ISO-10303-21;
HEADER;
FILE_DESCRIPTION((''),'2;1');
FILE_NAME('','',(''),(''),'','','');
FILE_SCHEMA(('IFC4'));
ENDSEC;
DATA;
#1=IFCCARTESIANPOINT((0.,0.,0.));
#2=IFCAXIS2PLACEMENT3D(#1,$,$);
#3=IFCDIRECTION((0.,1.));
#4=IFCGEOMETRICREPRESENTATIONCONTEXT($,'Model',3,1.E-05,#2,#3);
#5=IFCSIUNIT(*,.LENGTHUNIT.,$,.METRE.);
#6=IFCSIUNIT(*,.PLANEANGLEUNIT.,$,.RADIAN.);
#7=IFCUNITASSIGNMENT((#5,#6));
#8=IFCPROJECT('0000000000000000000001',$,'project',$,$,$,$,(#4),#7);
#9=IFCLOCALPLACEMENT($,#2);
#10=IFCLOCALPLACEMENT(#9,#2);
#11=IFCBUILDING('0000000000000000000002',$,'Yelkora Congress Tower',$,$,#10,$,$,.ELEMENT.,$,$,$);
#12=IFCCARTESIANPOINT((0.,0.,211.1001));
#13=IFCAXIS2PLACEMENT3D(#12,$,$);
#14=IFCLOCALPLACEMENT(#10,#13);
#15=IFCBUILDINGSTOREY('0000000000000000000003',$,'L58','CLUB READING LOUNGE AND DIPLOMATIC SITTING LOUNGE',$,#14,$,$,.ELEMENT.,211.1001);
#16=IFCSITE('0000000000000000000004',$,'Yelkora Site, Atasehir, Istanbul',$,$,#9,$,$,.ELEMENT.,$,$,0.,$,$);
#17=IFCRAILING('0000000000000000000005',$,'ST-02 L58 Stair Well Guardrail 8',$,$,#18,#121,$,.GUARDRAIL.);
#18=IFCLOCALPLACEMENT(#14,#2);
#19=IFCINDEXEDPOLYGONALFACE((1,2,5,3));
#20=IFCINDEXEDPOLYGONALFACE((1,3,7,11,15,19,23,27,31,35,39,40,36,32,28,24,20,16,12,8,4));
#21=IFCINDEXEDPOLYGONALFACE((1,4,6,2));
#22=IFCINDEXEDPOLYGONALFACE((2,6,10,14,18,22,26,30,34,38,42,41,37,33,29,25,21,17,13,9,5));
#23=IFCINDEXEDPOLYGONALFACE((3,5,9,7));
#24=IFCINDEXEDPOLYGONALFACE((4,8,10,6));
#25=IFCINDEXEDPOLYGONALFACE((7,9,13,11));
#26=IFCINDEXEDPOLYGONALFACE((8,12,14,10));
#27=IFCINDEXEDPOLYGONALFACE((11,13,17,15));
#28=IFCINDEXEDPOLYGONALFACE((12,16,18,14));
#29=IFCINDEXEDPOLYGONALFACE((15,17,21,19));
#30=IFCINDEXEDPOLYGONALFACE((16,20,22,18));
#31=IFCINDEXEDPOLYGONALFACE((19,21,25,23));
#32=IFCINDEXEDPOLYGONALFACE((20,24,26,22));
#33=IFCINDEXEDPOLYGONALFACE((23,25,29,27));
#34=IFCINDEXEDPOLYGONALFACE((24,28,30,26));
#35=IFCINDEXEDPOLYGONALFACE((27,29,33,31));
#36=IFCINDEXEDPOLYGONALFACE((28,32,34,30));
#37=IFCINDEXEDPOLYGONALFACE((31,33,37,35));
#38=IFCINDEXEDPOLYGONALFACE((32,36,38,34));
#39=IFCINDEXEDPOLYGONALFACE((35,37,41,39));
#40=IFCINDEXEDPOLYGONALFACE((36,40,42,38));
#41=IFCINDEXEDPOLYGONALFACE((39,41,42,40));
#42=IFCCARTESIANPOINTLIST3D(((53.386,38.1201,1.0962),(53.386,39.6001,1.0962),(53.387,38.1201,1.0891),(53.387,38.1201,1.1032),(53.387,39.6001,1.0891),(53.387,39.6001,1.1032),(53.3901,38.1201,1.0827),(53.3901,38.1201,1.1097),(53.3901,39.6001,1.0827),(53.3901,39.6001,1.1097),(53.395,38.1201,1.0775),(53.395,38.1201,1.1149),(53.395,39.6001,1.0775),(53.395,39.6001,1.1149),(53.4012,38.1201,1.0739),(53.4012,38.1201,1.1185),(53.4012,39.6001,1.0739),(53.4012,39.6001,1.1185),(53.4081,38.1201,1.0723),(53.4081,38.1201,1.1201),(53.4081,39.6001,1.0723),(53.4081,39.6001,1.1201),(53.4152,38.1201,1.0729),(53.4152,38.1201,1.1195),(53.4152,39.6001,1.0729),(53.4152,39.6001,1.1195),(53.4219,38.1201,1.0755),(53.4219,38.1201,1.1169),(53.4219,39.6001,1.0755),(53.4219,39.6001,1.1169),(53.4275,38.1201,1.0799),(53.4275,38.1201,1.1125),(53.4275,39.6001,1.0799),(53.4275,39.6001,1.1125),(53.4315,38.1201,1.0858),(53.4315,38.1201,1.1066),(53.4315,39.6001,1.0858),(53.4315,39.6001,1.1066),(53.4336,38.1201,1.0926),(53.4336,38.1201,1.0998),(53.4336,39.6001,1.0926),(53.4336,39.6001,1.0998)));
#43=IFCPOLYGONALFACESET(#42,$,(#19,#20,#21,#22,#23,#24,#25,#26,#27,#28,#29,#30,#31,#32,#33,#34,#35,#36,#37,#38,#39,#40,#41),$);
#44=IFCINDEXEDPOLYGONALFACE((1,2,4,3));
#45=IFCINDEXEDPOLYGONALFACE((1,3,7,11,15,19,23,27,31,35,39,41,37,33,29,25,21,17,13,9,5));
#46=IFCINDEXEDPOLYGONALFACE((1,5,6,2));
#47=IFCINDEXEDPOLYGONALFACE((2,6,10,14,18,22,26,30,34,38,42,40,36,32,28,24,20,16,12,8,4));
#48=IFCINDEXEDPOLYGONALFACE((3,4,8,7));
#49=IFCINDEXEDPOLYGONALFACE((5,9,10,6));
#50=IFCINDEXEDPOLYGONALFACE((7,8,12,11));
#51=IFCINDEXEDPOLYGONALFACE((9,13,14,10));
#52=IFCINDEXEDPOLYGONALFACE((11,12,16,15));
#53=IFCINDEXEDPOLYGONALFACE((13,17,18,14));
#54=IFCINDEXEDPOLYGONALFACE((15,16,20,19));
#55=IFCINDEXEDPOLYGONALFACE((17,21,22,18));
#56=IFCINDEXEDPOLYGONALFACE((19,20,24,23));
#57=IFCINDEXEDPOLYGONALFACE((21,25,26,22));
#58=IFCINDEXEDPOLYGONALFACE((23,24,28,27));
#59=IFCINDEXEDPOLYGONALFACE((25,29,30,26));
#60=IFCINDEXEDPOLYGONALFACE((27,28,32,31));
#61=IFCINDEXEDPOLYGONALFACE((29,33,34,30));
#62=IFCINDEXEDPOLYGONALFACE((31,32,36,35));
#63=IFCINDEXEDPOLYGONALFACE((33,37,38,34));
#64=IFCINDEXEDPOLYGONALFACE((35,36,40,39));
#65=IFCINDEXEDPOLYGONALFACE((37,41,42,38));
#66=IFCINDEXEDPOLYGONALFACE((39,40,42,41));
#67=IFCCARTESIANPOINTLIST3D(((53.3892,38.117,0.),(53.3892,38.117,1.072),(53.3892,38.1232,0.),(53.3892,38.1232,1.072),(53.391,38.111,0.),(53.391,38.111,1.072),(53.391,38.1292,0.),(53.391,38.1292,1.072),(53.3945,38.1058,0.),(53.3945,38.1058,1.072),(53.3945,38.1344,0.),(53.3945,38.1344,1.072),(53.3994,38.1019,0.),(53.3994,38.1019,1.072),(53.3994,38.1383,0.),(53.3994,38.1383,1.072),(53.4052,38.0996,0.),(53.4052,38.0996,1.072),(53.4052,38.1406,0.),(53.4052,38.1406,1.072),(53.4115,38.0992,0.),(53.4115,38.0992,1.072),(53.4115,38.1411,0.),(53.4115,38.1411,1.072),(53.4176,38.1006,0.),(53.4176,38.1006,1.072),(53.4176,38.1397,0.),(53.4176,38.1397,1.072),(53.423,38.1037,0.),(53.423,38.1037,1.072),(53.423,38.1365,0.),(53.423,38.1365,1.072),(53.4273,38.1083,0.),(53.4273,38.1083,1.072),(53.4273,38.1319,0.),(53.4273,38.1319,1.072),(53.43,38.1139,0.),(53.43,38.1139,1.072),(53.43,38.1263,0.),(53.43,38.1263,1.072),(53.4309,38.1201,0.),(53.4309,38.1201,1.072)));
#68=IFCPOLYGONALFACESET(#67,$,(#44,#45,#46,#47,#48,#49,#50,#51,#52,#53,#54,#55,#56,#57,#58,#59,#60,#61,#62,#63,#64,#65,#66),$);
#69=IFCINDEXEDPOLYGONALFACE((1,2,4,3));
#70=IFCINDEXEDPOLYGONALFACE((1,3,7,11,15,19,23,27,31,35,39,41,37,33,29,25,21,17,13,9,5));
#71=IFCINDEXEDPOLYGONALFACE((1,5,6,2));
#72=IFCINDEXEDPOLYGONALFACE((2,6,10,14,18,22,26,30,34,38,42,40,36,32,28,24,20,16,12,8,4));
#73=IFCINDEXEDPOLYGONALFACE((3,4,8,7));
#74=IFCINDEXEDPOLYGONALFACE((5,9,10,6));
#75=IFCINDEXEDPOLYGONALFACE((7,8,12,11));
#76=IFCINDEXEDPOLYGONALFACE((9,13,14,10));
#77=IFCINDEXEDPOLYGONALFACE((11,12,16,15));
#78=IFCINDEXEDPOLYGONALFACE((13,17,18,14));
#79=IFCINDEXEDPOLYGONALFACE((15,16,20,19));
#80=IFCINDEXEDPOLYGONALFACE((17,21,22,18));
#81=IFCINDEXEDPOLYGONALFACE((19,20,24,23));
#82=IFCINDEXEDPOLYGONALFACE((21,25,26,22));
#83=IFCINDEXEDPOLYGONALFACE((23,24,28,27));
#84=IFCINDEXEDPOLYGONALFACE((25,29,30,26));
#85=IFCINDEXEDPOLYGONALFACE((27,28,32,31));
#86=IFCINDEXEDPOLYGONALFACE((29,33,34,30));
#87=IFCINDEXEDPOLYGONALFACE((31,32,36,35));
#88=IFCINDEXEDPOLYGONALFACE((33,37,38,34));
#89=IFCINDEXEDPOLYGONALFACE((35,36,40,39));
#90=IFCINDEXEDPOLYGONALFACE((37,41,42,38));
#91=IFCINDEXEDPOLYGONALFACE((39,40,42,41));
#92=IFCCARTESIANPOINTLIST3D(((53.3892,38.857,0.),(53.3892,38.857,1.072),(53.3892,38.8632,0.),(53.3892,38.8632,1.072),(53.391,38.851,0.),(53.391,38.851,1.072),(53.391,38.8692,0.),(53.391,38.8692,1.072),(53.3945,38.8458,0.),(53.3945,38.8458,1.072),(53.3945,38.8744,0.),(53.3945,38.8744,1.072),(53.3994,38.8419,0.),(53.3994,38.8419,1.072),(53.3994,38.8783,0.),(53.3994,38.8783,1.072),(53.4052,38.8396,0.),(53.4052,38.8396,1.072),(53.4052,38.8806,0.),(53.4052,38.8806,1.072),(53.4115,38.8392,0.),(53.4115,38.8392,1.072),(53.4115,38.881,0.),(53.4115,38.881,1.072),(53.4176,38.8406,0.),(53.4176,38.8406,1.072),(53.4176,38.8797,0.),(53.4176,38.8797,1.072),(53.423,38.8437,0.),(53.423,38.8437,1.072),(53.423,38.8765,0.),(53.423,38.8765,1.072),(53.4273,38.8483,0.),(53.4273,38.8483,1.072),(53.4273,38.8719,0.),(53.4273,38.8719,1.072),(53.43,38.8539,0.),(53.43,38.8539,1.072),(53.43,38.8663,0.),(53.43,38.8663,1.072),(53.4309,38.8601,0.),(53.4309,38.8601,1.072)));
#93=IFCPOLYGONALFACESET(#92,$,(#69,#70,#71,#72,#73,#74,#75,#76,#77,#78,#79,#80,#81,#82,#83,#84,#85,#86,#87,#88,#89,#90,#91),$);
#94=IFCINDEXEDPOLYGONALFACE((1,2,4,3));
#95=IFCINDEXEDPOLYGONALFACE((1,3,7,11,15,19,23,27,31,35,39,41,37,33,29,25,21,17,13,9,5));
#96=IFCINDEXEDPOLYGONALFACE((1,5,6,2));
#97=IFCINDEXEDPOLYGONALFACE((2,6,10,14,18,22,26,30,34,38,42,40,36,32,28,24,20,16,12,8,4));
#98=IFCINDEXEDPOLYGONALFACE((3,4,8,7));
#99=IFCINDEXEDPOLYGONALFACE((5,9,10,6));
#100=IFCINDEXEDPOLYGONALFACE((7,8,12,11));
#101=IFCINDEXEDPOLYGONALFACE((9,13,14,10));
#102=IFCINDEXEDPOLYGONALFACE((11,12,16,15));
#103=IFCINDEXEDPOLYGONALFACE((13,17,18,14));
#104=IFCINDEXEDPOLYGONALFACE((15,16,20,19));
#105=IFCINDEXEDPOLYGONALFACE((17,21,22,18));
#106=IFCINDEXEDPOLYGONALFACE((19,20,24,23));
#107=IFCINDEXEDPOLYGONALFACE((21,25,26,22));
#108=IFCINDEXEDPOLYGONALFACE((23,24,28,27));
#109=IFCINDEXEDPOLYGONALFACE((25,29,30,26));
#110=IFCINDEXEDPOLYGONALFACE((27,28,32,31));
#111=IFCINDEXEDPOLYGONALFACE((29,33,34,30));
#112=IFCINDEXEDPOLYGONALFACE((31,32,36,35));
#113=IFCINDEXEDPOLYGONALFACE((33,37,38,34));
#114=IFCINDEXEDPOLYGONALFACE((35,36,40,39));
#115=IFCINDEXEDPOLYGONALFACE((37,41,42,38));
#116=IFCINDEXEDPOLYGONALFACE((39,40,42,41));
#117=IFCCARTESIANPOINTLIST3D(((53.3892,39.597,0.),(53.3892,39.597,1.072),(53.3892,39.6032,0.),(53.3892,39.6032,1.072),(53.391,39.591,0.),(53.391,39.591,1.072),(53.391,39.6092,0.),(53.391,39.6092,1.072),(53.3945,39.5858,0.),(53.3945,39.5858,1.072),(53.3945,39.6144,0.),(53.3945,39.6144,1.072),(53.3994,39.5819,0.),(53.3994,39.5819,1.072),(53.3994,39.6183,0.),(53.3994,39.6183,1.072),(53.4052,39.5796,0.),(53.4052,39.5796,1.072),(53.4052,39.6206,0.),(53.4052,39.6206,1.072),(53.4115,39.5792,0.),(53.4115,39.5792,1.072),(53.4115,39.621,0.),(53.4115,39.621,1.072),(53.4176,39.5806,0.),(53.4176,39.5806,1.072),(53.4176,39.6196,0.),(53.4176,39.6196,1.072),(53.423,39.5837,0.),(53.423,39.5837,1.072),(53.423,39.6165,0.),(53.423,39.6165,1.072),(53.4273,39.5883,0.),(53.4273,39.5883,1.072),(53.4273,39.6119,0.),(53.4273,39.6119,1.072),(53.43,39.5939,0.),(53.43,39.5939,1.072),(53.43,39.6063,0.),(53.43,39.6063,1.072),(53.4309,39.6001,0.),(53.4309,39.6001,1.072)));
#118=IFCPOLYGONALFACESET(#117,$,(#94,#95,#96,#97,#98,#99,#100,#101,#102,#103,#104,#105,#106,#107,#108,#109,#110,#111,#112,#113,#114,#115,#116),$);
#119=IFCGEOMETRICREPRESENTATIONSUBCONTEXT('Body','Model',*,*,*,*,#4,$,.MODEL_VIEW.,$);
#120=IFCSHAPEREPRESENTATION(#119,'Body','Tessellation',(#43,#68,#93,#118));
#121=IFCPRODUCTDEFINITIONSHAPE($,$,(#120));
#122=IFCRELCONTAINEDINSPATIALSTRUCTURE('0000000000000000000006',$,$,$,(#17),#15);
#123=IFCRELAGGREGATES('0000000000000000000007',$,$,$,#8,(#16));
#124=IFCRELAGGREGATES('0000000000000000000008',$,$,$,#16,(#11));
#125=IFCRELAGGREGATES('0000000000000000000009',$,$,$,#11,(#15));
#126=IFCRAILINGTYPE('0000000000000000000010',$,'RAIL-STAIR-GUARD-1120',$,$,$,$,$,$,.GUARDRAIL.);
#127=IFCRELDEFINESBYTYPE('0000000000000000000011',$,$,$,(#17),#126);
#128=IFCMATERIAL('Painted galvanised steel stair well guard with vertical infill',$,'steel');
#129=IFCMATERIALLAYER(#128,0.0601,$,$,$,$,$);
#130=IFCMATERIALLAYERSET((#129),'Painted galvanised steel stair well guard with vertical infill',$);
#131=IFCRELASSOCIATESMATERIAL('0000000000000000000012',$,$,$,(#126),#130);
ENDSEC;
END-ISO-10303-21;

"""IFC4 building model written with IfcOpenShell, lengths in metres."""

from ifc_helpers import new_model, si_unit, direction, frame, origin, origin_2d, place, context, subcontext, project, spatial, circle, extrude, material, layer, layer_set, type_object, element, save


model = new_model("IFC4")

# Units and contexts
model_context = context("Model", 3, precision=1e-05, world=origin(), true_north=direction((0.0, 1.0)))
body_context = subcontext(model_context, "Body", "Model", "MODEL_VIEW")
ifc_project = project(units=[si_unit("LENGTHUNIT", "METRE"), si_unit("PLANEANGLEUNIT", "RADIAN")], contexts=[model_context])

# Site, building, storey
site_placement = place(None, origin())
site = spatial("IfcSite", under=ifc_project, at=site_placement, Name="Yelkora Site, Atasehir, Istanbul", CompositionType="ELEMENT", RefElevation=0.0)
building_placement = place(site_placement, origin())
building = spatial("IfcBuilding", under=site, at=building_placement, Name="Yelkora Congress Tower", CompositionType="ELEMENT")
storey_placement = place(building_placement, frame((0.0, 0.0, 211.1001)))
storey = spatial("IfcBuildingStorey", under=building, at=storey_placement, Name="L58", Description="CLUB READING LOUNGE AND DIPLOMATIC SITTING LOUNGE", CompositionType="ELEMENT", Elevation=211.1001)

# Railing
ifc_material_1 = material(Name="Painted galvanised steel stair well guard with vertical infill", Category="steel")
ifc_layer_1 = layer(ifc_material_1, 0.0601)
ifc_layer_set_1 = layer_set([ifc_layer_1], Name="Painted galvanised steel stair well guard with vertical infill")
railing_type_1 = type_object("IfcRailingType", Name="RAIL-STAIR-GUARD-1120", PredefinedType="GUARDRAIL", material=ifc_layer_set_1)
railing_1_placement = place(storey_placement, frame((53.4099, 38.1201, 0.0)))
element("IfcRailing", 1, at=railing_1_placement, inside=storey, type_object=railing_type_1, Name="ST-02 L58 Stair Well Guardrail 8", PredefinedType="GUARDRAIL", context=body_context, shape_type="SweptSolid", body=[
    extrude(circle(Radius=0.0239, at=origin_2d()), frame((0.0, 0.0, 1.0962), z_axis=(0.0, 1.0, 0.0), x_axis=(-1.0, 0.0, 0.0)), (0.0, 0.0, 1.0), 1.48),
    extrude(circle(Radius=0.021, at=origin_2d()), origin(), (0.0, 0.0, 1.0), 1.072),
    extrude(circle(Radius=0.021, at=origin_2d()), frame((0.0, 0.74, 0.0)), (0.0, 0.0, 1.0), 1.072),
    extrude(circle(Radius=0.021, at=origin_2d()), frame((0.0, 1.48, 0.0)), (0.0, 0.0, 1.0), 1.072),
])

save(model, "model.ifc")
